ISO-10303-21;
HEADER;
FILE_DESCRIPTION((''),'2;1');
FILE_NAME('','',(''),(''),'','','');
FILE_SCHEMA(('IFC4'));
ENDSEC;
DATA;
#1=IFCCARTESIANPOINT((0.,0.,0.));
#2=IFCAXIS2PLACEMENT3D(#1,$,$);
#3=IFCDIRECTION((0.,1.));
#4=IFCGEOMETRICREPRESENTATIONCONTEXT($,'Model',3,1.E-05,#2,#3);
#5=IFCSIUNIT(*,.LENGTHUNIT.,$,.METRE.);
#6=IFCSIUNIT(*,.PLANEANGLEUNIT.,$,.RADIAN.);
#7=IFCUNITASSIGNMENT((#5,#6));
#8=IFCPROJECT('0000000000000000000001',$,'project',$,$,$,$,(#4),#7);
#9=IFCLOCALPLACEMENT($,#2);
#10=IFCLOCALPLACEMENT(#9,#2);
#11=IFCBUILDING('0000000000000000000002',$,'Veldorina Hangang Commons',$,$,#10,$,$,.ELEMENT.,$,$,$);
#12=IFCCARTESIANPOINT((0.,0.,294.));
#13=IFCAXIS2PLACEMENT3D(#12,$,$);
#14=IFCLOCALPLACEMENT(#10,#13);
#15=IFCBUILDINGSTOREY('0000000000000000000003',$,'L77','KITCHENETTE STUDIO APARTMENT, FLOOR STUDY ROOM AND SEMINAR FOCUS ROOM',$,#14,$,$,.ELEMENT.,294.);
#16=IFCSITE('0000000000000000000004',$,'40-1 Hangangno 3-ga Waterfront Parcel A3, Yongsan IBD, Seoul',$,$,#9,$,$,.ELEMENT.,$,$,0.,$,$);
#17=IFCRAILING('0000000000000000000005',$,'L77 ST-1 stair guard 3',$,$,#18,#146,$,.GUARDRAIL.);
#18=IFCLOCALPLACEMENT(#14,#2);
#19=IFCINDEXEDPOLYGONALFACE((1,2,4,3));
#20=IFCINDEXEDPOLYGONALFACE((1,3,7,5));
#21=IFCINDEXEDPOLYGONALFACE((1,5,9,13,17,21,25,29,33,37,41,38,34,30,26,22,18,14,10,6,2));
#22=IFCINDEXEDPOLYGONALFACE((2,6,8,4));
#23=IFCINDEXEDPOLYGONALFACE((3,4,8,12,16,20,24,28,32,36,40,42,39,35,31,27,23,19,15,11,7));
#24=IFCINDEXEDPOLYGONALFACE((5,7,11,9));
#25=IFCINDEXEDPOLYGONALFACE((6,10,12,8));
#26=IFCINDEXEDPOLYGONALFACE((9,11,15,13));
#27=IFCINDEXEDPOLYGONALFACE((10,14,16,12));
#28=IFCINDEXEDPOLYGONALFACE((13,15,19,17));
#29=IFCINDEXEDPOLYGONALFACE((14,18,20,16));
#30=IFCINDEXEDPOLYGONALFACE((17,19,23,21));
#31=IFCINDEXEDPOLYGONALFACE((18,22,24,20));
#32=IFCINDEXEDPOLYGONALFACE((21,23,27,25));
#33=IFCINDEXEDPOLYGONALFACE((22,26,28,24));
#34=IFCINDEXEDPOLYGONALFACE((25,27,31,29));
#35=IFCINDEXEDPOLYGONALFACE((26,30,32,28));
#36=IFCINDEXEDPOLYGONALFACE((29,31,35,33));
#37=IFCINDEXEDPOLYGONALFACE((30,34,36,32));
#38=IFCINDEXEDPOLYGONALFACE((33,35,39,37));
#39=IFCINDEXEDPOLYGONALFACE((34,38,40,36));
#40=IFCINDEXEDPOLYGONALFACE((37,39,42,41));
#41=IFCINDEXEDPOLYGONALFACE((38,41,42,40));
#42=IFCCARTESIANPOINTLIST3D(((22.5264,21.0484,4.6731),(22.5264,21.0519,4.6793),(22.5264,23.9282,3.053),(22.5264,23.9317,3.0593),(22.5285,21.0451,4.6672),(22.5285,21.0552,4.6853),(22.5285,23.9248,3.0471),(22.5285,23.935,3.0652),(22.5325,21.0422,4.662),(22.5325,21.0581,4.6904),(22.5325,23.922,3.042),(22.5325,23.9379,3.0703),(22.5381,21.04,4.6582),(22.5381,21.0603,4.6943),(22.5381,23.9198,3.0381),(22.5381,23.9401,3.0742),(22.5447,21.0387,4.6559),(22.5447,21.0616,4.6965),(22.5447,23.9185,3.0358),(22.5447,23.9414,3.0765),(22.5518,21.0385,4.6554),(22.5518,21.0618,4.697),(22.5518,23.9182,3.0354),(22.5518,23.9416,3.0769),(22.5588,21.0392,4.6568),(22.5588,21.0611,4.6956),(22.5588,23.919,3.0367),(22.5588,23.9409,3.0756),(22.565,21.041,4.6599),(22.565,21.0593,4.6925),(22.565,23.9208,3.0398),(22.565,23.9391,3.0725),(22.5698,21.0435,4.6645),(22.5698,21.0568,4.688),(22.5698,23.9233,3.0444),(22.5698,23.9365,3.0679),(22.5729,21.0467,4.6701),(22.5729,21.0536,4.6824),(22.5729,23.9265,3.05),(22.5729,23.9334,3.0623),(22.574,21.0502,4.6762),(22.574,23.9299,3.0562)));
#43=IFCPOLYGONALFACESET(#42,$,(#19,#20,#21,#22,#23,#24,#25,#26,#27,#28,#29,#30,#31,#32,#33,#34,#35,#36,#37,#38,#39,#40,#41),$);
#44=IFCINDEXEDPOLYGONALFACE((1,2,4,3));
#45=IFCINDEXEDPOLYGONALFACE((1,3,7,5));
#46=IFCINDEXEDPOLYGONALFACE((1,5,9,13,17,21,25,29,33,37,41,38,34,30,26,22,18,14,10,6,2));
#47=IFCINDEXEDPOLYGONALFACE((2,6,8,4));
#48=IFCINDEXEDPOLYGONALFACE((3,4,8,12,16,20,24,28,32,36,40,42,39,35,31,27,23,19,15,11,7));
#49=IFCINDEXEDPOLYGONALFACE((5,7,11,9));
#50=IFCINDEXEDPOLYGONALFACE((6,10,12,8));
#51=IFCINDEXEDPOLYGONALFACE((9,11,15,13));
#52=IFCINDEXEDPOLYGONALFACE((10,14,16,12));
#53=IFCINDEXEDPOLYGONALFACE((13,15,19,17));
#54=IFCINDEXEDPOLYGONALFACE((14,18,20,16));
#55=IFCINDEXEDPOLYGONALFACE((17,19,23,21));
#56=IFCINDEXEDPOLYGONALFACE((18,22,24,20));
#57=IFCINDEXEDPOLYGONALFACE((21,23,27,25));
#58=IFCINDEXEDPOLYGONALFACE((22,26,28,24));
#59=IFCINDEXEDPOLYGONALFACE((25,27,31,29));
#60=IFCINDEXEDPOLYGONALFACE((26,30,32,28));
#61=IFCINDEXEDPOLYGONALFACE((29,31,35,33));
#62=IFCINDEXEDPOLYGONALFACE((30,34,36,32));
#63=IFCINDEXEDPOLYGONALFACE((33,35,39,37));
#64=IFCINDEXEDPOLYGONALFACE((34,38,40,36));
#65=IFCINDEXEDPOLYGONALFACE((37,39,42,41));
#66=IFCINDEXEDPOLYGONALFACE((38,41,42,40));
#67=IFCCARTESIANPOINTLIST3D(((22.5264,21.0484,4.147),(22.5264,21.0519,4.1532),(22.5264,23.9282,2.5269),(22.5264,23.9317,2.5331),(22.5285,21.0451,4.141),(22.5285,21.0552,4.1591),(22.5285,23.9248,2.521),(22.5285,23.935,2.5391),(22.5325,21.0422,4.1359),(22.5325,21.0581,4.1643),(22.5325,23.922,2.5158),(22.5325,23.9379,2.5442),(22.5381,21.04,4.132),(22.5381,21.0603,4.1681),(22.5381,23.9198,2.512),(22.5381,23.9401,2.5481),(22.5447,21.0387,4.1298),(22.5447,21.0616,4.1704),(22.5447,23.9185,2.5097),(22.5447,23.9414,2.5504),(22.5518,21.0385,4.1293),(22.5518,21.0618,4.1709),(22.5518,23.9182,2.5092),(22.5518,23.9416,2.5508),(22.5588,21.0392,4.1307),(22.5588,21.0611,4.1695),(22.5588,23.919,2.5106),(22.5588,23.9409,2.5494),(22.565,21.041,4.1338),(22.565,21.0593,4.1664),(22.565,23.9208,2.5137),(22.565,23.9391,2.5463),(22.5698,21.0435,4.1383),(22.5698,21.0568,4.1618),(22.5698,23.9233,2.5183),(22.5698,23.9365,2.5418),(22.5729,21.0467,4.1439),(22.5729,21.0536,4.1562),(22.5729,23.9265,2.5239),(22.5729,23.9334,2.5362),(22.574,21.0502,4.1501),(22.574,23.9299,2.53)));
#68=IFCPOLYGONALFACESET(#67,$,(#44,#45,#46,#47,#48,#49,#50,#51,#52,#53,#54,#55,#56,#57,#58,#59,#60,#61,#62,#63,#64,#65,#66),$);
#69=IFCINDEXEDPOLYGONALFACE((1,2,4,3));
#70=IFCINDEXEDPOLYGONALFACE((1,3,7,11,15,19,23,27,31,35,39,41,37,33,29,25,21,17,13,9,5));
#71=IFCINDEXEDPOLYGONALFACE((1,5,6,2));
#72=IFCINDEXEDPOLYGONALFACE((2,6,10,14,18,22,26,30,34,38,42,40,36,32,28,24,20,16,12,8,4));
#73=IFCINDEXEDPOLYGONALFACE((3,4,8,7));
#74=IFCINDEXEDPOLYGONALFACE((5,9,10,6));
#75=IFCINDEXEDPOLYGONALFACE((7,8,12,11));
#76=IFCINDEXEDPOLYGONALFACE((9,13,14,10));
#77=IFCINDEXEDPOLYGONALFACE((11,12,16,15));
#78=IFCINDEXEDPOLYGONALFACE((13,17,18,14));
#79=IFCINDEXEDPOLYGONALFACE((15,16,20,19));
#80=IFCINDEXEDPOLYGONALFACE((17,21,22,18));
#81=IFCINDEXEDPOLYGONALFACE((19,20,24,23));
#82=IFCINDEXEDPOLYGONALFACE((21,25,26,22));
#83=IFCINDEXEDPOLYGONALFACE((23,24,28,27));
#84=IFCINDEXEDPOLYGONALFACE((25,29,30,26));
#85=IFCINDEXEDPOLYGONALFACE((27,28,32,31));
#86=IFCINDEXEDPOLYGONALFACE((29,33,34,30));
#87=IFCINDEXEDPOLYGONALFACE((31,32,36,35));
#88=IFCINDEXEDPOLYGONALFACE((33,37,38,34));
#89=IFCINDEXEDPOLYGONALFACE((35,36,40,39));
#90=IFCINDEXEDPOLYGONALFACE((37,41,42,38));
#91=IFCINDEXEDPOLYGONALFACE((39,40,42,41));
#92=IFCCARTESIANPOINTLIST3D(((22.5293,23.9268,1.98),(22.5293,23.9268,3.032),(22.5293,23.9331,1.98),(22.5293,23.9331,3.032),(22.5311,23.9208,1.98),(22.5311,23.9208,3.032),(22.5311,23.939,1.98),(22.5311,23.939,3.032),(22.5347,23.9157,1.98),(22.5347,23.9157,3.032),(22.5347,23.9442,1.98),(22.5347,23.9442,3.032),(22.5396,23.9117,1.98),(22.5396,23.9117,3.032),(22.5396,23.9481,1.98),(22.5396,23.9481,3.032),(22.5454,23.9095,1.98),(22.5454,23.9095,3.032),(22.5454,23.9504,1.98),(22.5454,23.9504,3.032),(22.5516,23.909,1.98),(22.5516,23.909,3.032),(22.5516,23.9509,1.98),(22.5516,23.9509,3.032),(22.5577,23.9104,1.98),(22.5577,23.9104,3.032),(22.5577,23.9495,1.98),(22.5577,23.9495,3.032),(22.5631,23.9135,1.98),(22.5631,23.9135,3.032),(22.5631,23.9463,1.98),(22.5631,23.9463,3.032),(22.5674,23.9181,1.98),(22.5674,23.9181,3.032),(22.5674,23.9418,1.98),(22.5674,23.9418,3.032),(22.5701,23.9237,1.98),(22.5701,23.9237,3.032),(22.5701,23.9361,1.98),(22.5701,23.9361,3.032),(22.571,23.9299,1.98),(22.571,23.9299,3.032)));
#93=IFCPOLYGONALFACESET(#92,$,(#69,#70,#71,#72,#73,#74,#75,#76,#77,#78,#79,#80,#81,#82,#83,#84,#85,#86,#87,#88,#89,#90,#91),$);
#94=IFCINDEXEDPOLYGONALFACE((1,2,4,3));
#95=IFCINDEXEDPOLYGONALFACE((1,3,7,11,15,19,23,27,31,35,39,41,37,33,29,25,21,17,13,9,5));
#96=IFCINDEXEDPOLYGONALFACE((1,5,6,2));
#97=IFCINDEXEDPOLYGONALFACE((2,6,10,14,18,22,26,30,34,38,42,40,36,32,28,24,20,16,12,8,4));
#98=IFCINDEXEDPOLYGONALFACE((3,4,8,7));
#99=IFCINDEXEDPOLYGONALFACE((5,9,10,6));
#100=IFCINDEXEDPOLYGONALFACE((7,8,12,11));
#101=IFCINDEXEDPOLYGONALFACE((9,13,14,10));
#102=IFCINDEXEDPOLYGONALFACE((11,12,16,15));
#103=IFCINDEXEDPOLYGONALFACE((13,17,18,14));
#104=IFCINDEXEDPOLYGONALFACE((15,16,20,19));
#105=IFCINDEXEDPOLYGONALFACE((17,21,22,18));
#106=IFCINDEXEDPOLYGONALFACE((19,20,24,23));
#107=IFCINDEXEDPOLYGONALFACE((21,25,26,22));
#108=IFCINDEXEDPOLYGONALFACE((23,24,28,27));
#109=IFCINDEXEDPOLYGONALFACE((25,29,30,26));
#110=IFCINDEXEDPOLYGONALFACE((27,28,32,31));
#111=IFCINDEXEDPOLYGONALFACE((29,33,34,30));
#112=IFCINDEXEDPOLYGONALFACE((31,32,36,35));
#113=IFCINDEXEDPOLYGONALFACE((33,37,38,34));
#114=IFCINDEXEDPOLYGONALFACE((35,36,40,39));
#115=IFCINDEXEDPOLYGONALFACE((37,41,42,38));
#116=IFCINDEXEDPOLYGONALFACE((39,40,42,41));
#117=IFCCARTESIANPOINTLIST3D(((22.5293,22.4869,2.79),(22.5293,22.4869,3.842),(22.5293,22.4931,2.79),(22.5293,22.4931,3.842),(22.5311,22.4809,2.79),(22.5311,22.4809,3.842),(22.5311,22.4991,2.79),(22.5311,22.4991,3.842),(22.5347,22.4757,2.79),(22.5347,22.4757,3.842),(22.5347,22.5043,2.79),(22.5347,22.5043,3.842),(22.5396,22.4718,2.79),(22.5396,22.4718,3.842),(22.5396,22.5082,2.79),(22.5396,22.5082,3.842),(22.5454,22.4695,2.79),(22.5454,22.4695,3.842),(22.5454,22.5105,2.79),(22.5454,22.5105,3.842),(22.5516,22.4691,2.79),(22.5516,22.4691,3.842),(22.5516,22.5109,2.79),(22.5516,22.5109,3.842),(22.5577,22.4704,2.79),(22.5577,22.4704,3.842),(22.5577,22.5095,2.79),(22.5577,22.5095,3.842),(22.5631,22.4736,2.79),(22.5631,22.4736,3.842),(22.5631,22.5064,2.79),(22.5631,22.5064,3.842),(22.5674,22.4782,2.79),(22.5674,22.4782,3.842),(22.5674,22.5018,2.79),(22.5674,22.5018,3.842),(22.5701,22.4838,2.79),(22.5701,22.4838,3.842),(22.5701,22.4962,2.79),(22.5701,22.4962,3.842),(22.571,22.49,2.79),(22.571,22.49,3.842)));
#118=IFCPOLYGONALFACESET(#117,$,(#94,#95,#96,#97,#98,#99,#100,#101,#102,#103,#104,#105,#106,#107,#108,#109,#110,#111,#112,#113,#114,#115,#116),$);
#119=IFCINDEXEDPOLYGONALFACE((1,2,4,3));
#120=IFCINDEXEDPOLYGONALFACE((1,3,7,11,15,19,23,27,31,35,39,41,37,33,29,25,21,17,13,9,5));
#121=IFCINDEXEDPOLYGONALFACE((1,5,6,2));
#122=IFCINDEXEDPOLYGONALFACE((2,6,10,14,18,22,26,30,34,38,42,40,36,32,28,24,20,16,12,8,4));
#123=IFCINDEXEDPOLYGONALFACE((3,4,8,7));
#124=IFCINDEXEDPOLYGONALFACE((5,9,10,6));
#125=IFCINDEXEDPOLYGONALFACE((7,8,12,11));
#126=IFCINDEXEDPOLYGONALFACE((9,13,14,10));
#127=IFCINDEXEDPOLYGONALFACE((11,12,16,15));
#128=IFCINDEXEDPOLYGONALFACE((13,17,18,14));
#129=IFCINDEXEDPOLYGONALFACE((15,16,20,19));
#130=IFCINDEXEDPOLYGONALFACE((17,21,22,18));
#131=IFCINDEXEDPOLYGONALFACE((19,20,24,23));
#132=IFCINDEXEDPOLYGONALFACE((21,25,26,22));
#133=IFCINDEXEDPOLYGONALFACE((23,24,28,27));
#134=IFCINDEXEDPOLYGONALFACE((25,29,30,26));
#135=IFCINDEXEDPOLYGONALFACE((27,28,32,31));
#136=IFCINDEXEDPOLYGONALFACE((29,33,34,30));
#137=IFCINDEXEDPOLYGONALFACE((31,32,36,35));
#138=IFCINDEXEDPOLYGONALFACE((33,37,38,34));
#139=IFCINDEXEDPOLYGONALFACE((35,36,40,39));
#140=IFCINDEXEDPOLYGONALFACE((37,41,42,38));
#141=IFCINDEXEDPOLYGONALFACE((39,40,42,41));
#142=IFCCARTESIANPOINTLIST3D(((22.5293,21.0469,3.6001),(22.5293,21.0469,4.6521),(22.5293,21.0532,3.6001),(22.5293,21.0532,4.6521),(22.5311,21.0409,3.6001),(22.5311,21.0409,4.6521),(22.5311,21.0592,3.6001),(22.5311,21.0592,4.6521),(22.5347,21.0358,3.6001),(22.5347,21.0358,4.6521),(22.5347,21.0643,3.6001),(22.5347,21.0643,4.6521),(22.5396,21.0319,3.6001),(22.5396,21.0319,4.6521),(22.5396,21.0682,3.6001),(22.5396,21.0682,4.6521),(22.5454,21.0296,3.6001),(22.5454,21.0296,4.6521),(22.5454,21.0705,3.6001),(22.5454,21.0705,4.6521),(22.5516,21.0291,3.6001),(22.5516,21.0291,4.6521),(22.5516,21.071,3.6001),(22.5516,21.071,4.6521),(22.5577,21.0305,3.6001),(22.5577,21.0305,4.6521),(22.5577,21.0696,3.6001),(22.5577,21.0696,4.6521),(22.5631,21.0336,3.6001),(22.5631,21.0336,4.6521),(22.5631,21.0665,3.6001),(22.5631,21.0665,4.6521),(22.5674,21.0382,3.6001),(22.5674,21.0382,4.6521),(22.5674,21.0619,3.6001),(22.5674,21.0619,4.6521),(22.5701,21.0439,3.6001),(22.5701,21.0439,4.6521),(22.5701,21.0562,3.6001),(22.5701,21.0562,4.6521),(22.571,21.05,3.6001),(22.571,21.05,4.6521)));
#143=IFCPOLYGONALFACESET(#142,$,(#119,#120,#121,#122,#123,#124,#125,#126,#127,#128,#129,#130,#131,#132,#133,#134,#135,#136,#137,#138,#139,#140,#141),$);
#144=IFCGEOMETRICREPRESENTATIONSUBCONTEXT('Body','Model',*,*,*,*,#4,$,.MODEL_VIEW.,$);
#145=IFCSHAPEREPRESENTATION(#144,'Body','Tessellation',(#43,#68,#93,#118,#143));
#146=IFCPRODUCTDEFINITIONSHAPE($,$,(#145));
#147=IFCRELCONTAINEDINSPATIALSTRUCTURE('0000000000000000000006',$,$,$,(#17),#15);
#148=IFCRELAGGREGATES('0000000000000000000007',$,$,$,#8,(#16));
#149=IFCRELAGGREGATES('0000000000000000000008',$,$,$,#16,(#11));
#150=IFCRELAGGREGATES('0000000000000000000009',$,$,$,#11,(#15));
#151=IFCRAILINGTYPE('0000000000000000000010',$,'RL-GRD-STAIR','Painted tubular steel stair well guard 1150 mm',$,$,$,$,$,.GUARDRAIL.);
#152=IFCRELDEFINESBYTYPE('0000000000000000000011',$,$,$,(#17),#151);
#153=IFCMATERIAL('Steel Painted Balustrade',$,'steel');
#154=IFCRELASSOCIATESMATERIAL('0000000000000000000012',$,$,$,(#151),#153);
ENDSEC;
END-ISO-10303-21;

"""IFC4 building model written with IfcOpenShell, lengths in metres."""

from ifc_helpers import new_model, si_unit, direction, frame, origin, origin_2d, place, context, subcontext, project, spatial, circle, extrude, material, type_object, element, save


model = new_model("IFC4")

# Units and contexts
model_context = context("Model", 3, precision=1e-05, world=origin(), true_north=direction((0.0, 1.0)))
body_context = subcontext(model_context, "Body", "Model", "MODEL_VIEW")
ifc_project = project(units=[si_unit("LENGTHUNIT", "METRE"), si_unit("PLANEANGLEUNIT", "RADIAN")], contexts=[model_context])

# Site, building, storey
site_placement = place(None, origin())
site = spatial("IfcSite", under=ifc_project, at=site_placement, Name="40-1 Hangangno 3-ga Waterfront Parcel A3, Yongsan IBD, Seoul", CompositionType="ELEMENT", RefElevation=0.0)
building_placement = place(site_placement, origin())
building = spatial("IfcBuilding", under=site, at=building_placement, Name="Veldorina Hangang Commons", CompositionType="ELEMENT")
storey_placement = place(building_placement, frame((0.0, 0.0, 294.0)))
storey = spatial("IfcBuildingStorey", under=building, at=storey_placement, Name="L77", Description="KITCHENETTE STUDIO APARTMENT, FLOOR STUDY ROOM AND SEMINAR FOCUS ROOM", CompositionType="ELEMENT", Elevation=294.0)

# Railing
ifc_material_1 = material(Name="Steel Painted Balustrade", Category="steel")
railing_type_1 = type_object("IfcRailingType", Name="RL-GRD-STAIR", Description="Painted tubular steel stair well guard 1150 mm", PredefinedType="GUARDRAIL", material=ifc_material_1)
railing_1_placement = place(storey_placement, frame((22.55, 23.9299, 1.98)))
element("IfcRailing", 1, at=railing_1_placement, inside=storey, type_object=railing_type_1, Name="L77 ST-1 stair guard 3", PredefinedType="GUARDRAIL", context=body_context, shape_type="SweptSolid", body=[
    extrude(circle(Radius=0.0239, at=origin_2d()), frame((0.0, 0.0, 1.0762), z_axis=(0.0, -0.871552, 0.490303), x_axis=(1.0, 0.0, 0.0)), (0.0, 0.0, 1.0), 3.3042),
    extrude(circle(Radius=0.0239, at=origin_2d()), frame((0.0, 0.0, 0.55), z_axis=(0.0, -0.871552, 0.490303), x_axis=(1.0, 0.0, 0.0)), (0.0, 0.0, 1.0), 3.3042),
    extrude(circle(Radius=0.021, at=origin_2d()), origin(), (0.0, 0.0, 1.0), 1.052),
    extrude(circle(Radius=0.021, at=origin_2d()), frame((0.0, -1.4399, 0.8101)), (0.0, 0.0, 1.0), 1.052),
    extrude(circle(Radius=0.021, at=origin_2d()), frame((0.0, -2.8799, 1.6201)), (0.0, 0.0, 1.0), 1.052),
])

save(model, "model.ifc")
